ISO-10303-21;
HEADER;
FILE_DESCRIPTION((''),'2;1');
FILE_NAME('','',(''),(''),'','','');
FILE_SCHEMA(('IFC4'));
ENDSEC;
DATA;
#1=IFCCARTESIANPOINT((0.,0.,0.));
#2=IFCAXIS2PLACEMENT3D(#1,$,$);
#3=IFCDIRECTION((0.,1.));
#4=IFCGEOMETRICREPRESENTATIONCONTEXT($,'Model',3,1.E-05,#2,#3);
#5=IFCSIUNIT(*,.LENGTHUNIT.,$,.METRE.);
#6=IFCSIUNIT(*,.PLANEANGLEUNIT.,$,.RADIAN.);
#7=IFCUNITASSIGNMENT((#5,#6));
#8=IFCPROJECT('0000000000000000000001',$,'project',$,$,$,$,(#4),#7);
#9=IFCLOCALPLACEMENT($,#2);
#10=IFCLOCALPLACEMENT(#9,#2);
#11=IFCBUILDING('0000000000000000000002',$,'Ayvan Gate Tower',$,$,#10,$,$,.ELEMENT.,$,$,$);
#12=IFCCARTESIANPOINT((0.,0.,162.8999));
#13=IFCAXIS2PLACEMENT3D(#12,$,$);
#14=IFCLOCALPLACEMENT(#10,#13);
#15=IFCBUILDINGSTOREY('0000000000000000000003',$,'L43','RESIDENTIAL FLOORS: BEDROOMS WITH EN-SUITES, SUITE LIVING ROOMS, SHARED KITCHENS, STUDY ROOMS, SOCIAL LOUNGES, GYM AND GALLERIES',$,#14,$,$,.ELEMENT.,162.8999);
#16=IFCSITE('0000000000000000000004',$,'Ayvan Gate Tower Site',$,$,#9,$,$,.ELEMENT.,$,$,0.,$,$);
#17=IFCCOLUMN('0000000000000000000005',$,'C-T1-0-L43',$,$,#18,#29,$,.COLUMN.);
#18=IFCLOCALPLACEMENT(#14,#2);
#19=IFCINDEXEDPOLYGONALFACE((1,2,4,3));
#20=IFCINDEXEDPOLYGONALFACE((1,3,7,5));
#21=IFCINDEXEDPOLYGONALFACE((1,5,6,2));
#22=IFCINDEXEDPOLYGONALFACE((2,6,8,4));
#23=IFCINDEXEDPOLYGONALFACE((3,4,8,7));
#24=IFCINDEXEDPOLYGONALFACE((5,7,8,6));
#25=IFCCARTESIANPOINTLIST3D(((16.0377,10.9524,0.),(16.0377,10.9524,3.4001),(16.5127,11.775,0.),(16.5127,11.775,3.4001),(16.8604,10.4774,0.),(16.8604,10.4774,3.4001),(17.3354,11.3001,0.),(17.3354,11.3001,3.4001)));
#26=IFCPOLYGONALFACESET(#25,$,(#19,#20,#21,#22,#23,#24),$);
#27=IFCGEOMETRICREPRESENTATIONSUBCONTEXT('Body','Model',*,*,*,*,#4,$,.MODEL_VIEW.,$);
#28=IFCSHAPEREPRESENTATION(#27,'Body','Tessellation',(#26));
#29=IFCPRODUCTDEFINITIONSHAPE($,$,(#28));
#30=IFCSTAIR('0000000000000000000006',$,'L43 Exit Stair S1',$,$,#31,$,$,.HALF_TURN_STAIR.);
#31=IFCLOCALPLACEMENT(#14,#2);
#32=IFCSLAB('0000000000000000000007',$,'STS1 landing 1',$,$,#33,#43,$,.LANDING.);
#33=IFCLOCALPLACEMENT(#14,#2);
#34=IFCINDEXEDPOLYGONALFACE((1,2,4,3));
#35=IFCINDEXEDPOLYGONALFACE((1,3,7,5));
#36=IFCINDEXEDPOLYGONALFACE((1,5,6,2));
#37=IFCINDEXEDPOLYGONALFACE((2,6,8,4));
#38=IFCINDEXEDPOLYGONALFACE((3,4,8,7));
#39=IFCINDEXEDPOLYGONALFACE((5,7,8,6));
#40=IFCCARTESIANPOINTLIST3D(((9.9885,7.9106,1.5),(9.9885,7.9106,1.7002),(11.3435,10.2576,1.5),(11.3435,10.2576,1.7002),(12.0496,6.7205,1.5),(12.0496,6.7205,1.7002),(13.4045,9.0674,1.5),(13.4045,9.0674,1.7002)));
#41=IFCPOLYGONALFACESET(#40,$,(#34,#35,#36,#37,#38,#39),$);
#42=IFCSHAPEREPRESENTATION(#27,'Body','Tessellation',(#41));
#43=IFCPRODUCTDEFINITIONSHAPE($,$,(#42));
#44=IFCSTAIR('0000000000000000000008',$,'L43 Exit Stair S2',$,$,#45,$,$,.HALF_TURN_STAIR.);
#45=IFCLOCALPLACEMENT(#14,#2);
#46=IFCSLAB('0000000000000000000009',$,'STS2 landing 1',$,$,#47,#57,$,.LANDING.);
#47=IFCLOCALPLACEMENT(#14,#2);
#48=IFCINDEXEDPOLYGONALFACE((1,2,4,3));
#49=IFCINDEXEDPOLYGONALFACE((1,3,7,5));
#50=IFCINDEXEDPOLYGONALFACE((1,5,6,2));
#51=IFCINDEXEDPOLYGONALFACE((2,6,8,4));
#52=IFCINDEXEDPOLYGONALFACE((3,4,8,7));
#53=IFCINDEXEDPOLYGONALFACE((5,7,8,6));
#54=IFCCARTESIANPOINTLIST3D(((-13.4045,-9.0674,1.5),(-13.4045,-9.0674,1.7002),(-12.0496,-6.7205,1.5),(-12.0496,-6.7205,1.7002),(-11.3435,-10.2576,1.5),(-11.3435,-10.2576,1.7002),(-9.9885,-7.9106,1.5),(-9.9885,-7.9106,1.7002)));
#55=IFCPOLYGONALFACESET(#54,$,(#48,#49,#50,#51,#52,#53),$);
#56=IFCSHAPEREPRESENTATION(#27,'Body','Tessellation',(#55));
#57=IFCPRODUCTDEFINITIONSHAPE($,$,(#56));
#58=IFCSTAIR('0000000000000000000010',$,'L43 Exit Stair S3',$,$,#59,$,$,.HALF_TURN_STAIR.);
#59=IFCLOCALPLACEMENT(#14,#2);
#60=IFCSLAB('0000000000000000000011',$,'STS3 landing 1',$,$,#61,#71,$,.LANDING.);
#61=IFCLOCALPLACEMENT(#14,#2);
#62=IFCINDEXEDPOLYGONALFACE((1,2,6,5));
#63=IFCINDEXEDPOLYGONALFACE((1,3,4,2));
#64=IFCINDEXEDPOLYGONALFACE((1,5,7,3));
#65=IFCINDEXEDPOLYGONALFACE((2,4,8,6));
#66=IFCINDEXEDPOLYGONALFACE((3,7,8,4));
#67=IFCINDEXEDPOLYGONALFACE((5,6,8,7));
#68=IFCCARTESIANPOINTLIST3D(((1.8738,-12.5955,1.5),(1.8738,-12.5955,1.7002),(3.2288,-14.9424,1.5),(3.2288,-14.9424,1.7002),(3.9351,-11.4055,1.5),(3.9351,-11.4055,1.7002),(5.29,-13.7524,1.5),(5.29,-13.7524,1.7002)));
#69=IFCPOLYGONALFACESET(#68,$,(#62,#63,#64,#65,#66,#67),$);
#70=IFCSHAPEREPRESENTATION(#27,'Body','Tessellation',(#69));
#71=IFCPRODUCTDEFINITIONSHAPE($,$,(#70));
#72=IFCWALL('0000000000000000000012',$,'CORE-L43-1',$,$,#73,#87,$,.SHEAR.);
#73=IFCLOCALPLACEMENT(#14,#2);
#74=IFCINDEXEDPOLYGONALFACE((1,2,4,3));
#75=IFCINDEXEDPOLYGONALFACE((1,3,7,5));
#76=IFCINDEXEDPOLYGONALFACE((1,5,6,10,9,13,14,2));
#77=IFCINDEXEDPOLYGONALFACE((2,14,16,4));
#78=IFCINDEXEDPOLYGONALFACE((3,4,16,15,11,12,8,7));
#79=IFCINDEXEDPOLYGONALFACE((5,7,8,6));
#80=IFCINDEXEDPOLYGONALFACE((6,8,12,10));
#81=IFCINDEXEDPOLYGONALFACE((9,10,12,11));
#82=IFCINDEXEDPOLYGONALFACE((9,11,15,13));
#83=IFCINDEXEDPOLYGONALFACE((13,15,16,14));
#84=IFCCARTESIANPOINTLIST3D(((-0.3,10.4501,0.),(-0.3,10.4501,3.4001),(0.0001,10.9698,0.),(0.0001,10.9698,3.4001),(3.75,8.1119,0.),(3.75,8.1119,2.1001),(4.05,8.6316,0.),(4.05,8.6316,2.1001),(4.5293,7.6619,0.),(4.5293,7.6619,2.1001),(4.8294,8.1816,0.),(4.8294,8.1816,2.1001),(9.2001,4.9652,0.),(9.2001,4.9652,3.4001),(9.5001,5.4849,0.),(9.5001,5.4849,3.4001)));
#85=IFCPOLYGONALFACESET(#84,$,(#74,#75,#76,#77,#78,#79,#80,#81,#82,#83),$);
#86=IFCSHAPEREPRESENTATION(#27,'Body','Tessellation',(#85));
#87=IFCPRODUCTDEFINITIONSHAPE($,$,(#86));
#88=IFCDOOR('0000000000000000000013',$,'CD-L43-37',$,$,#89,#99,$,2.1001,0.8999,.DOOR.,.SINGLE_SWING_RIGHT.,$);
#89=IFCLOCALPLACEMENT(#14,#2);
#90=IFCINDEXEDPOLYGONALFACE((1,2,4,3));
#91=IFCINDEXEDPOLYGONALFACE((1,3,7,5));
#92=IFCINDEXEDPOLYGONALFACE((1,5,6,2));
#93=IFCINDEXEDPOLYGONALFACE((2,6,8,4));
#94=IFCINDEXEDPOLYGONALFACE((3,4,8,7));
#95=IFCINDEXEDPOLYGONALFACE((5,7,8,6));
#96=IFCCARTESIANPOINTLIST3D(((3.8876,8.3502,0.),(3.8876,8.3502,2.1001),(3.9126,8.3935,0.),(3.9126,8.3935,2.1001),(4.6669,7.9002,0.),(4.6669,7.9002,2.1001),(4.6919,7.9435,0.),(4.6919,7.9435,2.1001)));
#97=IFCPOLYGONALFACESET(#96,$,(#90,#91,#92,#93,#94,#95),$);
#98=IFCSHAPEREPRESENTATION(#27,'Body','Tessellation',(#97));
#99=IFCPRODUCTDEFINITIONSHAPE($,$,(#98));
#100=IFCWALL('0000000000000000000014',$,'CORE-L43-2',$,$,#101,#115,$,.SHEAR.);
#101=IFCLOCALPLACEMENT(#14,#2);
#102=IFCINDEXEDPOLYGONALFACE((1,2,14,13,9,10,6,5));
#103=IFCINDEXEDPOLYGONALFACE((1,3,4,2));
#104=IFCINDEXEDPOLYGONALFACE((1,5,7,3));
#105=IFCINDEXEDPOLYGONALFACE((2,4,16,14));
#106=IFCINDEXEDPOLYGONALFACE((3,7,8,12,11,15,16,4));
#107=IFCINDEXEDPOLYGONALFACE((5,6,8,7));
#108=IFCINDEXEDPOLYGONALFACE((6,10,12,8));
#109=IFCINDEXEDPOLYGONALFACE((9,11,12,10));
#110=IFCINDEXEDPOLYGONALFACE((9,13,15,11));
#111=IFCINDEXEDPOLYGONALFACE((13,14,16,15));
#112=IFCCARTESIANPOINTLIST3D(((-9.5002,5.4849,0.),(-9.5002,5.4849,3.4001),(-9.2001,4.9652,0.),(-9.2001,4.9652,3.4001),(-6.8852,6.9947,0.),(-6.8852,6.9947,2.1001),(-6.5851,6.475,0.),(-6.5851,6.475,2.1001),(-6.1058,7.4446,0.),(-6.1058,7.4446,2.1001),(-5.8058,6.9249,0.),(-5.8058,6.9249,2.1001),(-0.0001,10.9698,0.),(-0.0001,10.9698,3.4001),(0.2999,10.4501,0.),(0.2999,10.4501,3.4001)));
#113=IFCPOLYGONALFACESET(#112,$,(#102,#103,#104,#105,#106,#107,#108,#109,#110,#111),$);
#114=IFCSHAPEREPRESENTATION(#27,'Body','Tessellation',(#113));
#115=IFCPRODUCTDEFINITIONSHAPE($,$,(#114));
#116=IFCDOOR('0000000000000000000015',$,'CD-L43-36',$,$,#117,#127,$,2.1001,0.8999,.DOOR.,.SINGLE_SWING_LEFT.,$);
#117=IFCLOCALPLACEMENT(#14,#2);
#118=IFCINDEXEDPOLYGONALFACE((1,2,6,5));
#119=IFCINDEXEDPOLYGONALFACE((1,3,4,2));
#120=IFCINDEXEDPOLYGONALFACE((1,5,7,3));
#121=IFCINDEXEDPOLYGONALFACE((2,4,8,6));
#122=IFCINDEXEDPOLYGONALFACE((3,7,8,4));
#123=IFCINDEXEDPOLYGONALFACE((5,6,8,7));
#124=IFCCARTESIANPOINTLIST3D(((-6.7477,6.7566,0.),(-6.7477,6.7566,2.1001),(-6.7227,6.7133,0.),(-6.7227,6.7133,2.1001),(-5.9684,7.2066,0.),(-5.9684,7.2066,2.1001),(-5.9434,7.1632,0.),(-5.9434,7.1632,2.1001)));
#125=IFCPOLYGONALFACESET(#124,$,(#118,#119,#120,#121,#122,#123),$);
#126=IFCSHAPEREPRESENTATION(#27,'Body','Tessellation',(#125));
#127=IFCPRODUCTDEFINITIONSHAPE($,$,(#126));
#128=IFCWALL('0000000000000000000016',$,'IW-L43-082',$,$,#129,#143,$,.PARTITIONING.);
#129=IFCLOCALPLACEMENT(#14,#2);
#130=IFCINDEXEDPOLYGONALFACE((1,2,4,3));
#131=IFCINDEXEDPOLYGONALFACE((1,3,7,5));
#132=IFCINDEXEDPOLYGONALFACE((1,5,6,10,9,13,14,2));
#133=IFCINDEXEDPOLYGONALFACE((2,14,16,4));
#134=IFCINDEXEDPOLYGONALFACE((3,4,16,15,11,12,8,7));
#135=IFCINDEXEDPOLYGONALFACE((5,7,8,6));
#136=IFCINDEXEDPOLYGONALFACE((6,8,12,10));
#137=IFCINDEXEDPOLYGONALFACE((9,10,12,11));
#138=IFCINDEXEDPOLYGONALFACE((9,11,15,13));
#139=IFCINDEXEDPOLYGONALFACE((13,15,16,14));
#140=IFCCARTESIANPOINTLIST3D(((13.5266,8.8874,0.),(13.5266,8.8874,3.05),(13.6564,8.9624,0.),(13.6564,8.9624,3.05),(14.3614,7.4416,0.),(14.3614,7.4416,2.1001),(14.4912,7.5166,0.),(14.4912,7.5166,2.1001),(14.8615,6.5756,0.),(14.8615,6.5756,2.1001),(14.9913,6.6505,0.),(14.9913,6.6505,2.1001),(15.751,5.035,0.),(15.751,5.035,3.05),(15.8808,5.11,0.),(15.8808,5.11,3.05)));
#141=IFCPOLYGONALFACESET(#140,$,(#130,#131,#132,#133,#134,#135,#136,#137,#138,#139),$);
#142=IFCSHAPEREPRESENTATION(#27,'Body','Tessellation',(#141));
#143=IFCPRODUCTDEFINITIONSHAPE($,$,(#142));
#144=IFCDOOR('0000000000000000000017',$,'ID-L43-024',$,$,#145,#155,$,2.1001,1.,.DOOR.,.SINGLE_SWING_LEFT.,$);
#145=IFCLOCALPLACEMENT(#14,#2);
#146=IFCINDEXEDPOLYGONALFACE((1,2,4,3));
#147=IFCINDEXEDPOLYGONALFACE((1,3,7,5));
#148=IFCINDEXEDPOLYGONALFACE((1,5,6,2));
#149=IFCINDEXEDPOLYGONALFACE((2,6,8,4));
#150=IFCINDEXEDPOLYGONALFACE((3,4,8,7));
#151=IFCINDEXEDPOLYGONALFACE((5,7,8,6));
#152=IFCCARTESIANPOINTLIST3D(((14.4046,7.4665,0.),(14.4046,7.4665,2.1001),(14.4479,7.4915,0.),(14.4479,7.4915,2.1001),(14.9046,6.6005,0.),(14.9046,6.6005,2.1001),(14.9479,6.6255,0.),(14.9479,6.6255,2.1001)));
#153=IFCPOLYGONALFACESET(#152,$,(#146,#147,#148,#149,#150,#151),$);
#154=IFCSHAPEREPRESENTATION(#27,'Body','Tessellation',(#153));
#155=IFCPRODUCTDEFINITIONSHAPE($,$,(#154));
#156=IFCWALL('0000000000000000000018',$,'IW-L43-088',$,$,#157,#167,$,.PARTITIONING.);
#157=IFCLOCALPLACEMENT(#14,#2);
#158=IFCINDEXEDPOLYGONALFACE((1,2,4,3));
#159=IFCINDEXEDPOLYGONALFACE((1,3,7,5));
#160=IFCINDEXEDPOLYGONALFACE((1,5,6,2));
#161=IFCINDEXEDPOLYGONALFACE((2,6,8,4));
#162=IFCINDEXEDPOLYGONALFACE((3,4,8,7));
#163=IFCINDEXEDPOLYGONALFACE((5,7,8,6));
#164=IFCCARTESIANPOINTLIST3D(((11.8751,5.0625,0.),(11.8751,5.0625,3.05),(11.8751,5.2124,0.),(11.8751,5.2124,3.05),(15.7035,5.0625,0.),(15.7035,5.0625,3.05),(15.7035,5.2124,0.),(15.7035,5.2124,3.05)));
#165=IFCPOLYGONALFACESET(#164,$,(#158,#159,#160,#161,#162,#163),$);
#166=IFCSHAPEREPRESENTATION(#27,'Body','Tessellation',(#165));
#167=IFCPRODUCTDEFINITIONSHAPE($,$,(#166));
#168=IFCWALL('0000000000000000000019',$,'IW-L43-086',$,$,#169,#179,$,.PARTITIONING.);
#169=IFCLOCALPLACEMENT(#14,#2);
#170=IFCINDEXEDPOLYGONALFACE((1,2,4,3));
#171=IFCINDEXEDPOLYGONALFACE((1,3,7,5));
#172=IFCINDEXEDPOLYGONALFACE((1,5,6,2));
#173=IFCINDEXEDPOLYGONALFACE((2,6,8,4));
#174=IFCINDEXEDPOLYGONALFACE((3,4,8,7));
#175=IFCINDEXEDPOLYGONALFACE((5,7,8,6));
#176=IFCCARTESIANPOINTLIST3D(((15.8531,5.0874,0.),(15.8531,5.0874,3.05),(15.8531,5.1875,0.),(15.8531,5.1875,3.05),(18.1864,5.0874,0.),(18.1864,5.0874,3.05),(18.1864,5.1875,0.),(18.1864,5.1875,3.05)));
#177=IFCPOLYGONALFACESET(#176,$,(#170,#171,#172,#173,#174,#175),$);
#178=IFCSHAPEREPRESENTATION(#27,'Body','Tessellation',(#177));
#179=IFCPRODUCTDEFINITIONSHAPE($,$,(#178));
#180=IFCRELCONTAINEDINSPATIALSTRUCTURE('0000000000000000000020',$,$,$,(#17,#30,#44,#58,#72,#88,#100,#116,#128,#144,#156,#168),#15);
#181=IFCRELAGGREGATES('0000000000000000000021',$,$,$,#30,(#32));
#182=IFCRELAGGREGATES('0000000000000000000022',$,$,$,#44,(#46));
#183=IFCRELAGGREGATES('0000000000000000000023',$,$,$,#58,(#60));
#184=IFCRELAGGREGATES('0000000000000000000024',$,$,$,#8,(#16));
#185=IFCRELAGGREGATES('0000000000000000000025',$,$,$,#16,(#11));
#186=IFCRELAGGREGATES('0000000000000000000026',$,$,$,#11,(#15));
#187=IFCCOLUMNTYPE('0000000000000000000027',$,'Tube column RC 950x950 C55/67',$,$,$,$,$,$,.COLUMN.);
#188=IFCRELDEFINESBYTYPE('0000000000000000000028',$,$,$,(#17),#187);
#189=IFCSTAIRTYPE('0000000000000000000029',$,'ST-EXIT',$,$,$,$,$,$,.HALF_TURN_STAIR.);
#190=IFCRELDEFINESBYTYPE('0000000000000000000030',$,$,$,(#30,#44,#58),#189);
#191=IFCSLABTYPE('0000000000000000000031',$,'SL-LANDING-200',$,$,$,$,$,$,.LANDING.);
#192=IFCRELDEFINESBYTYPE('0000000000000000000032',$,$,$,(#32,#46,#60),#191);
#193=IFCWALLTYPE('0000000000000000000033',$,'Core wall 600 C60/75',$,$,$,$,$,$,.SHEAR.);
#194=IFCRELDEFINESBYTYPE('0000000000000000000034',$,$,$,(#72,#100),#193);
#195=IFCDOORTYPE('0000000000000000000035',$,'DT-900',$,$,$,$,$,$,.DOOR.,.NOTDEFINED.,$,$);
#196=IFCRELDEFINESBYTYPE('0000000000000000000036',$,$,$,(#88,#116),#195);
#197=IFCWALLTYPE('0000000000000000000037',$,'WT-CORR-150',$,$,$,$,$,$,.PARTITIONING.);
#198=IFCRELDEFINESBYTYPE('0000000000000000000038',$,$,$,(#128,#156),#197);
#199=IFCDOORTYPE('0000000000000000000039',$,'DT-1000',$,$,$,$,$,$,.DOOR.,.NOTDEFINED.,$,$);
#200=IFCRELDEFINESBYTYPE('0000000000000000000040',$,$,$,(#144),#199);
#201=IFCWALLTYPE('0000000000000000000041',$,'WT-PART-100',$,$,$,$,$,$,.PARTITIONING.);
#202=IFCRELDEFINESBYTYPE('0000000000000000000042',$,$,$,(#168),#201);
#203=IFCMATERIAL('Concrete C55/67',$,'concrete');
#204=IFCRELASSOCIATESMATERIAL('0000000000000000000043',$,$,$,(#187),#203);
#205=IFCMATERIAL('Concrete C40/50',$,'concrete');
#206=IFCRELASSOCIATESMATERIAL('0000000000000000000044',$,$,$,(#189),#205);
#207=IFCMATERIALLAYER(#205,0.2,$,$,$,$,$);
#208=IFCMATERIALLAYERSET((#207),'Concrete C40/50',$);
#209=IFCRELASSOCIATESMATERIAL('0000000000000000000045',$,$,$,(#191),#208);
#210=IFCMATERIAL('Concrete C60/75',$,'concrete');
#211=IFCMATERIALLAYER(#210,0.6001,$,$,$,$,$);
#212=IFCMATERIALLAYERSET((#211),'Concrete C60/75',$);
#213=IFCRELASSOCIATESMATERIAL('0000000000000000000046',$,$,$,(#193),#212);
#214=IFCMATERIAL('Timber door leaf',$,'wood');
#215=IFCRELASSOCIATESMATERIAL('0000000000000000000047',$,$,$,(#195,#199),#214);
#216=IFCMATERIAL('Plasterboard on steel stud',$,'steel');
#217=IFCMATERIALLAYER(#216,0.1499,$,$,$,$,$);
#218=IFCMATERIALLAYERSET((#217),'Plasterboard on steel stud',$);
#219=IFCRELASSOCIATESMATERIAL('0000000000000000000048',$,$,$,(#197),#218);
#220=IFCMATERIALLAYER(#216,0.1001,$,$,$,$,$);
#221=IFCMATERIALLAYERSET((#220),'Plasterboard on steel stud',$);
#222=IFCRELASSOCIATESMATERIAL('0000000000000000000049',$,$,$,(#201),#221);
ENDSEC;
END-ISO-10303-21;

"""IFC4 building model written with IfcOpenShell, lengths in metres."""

from ifc_helpers import new_model, si_unit, direction, frame, frame_2d, origin, origin_2d, place, context, subcontext, project, spatial, polyline, rectangle, outline, extrude, material, layer, layer_set, material_profile, profile_set, type_object, element, fill, aggregate, save


model = new_model("IFC4")

# Units and contexts
model_context = context("Model", 3, precision=1e-05, world=origin(), true_north=direction((0.0, 1.0)))
body_context = subcontext(model_context, "Body", "Model", "MODEL_VIEW")
ifc_project = project(units=[si_unit("LENGTHUNIT", "METRE"), si_unit("PLANEANGLEUNIT", "RADIAN")], contexts=[model_context])

# Site, building, storey
site_placement = place(None, origin())
site = spatial("IfcSite", under=ifc_project, at=site_placement, Name="Ayvan Gate Tower Site", CompositionType="ELEMENT", RefElevation=0.0)
building_placement = place(site_placement, origin())
building = spatial("IfcBuilding", under=site, at=building_placement, Name="Ayvan Gate Tower", CompositionType="ELEMENT")
storey_placement = place(building_placement, frame((0.0, 0.0, 162.8999)))
storey = spatial("IfcBuildingStorey", under=building, at=storey_placement, Name="L43", Description="RESIDENTIAL FLOORS: BEDROOMS WITH EN-SUITES, SUITE LIVING ROOMS, SHARED KITCHENS, STUDY ROOMS, SOCIAL LOUNGES, GYM AND GALLERIES", CompositionType="ELEMENT", Elevation=162.8999)

# Column
ifc_material_1 = material(Name="Concrete C55/67", Category="concrete")
ifc_material_profile = material_profile(ifc_material_1, rectangle(XDim=0.95, YDim=0.95, at=origin_2d()), Name="RC 950x950")
ifc_profile_set = profile_set([ifc_material_profile], Name="Concrete C55/67")
column_type = type_object("IfcColumnType", Name="Tube column RC 950x950 C55/67", PredefinedType="COLUMN", material=ifc_profile_set)
column_placement = place(storey_placement, frame((16.6865, 11.1262, 0.0), z_axis=(0.0, 0.0, 1.0), x_axis=(0.5, 0.866025, 0.0)))
element("IfcColumn", 1, at=column_placement, inside=storey, type_object=column_type, Name="C-T1-0-L43", PredefinedType="COLUMN", context=body_context, shape_type="SweptSolid", body=[
    extrude(rectangle(XDim=0.95, YDim=0.95, at=origin_2d()), origin(), (0.0, 0.0, 1.0), 3.4001),
])

# Stairs, slabs
ifc_material_2 = material(Name="Concrete C40/50", Category="concrete")
stair_type = type_object("IfcStairType", Name="ST-EXIT", PredefinedType="HALF_TURN_STAIR", material=ifc_material_2)
stair_1_placement = place(storey_placement, origin())
stair_1 = element("IfcStair", 2, at=stair_1_placement, inside=storey, type_object=stair_type, Name="L43 Exit Stair S1", PredefinedType="HALF_TURN_STAIR")
ifc_layer_1 = layer(ifc_material_2, 0.2)
ifc_layer_set_1 = layer_set([ifc_layer_1], Name="Concrete C40/50")
slab_type = type_object("IfcSlabType", Name="SL-LANDING-200", PredefinedType="LANDING", material=ifc_layer_set_1)
slab_1_placement = place(storey_placement, frame((0.0, 0.0, 1.5)))
slab_1 = element("IfcSlab", 3, at=slab_1_placement, type_object=slab_type, Name="STS1 landing 1", PredefinedType="LANDING", context=body_context, shape_type="SweptSolid", body=[
    extrude(outline(polyline([(9.9885, 7.9106), (12.0496, 6.7205), (13.4045, 9.0674), (11.3435, 10.2576), (9.9885, 7.9106)])), origin(), (0.0, 0.0, 1.0), 0.2002),
])
aggregate(stair_1, [slab_1])
stair_2_placement = place(storey_placement, origin())
stair_2 = element("IfcStair", 4, at=stair_2_placement, inside=storey, type_object=stair_type, Name="L43 Exit Stair S2", PredefinedType="HALF_TURN_STAIR")
slab_2_placement = place(storey_placement, frame((0.0, 0.0, 1.5)))
slab_2 = element("IfcSlab", 5, at=slab_2_placement, type_object=slab_type, Name="STS2 landing 1", PredefinedType="LANDING", context=body_context, shape_type="SweptSolid", body=[
    extrude(outline(polyline([(-9.9885, -7.9106), (-12.0496, -6.7205), (-13.4045, -9.0674), (-11.3435, -10.2576), (-9.9885, -7.9106)])), origin(), (0.0, 0.0, 1.0), 0.2002),
])
aggregate(stair_2, [slab_2])
stair_3_placement = place(storey_placement, origin())
stair_3 = element("IfcStair", 6, at=stair_3_placement, inside=storey, type_object=stair_type, Name="L43 Exit Stair S3", PredefinedType="HALF_TURN_STAIR")
slab_3_placement = place(storey_placement, frame((0.0, 0.0, 1.5)))
slab_3 = element("IfcSlab", 7, at=slab_3_placement, type_object=slab_type, Name="STS3 landing 1", PredefinedType="LANDING", context=body_context, shape_type="SweptSolid", body=[
    extrude(outline(polyline([(3.9351, -11.4055), (1.8738, -12.5955), (3.2288, -14.9424), (5.29, -13.7524), (3.9351, -11.4055)])), origin(), (0.0, 0.0, 1.0), 0.2002),
])
aggregate(stair_3, [slab_3])

# Walls, openings, doors
ifc_material_3 = material(Name="Concrete C60/75", Category="concrete")
ifc_layer_2 = layer(ifc_material_3, 0.6001)
ifc_layer_set_2 = layer_set([ifc_layer_2], Name="Concrete C60/75")
wall_type_1 = type_object("IfcWallType", Name="Core wall 600 C60/75", PredefinedType="SHEAR", material=ifc_layer_set_2)
wall_1_placement = place(storey_placement, frame((9.3501, 5.2251, 0.0), z_axis=(0.0, 0.0, 1.0), x_axis=(-0.866024, 0.500002, 0.0)))
wall_1 = element("IfcWall", 8, at=wall_1_placement, inside=storey, type_object=wall_type_1, Name="CORE-L43-1", PredefinedType="SHEAR", context=body_context, shape_type="SweptSolid", body=[
    extrude(rectangle(XDim=10.9697, YDim=0.6001, at=frame_2d((5.4849, 0.0))), origin(), (0.0, 0.0, 1.0), 3.4001),
])
opening_1_placement = place(wall_1_placement, frame((5.3933, 0.0, 0.0)))
opening_1 = element("IfcOpeningElement", 9, at=opening_1_placement, cuts=wall_1, PredefinedType="OPENING", context=body_context, shape_type="SweptSolid", body=[
    extrude(rectangle(XDim=0.8999, YDim=2.1001, at=frame_2d((0.45, 1.05))), frame((0.0, 0.3101, 0.0), z_axis=(0.0, -1.0, 0.0), x_axis=(1.0, 0.0, 0.0)), (0.0, 0.0, 1.0), 0.6201),
])
ifc_material_4 = material(Name="Timber door leaf", Category="wood")
door_type_1 = type_object("IfcDoorType", Name="DT-900", OperationType="NOTDEFINED", PredefinedType="DOOR", material=ifc_material_4)
door_1_placement = place(opening_1_placement, origin())
door_1 = element("IfcDoor", 10, at=door_1_placement, inside=storey, type_object=door_type_1, Name="CD-L43-37", OperationType="SINGLE_SWING_RIGHT", OverallHeight=2.1001, OverallWidth=0.8999, PredefinedType="DOOR", context=body_context, shape_type="SweptSolid", body=[
    extrude(rectangle(XDim=0.8999, YDim=2.1001, at=frame_2d((0.45, 1.05))), frame((0.0, 0.0249, 0.0), z_axis=(0.0, -1.0, 0.0), x_axis=(1.0, 0.0, 0.0)), (0.0, 0.0, 1.0), 0.05),
])
fill(opening_1, door_1)
wall_2_placement = place(storey_placement, frame((0.1499, 10.71, 0.0), z_axis=(0.0, 0.0, 1.0), x_axis=(-0.866024, -0.500002, 0.0)))
wall_2 = element("IfcWall", 11, at=wall_2_placement, inside=storey, type_object=wall_type_1, Name="CORE-L43-2", PredefinedType="SHEAR", context=body_context, shape_type="SweptSolid", body=[
    extrude(rectangle(XDim=10.9697, YDim=0.6001, at=frame_2d((5.4849, 0.0))), origin(), (0.0, 0.0, 1.0), 3.4001),
])
opening_2_placement = place(wall_2_placement, frame((7.0503, 0.0, 0.0)))
opening_2 = element("IfcOpeningElement", 12, at=opening_2_placement, cuts=wall_2, PredefinedType="OPENING", context=body_context, shape_type="SweptSolid", body=[
    extrude(rectangle(XDim=0.8999, YDim=2.1001, at=frame_2d((0.45, 1.05))), frame((0.0, 0.3101, 0.0), z_axis=(0.0, -1.0, 0.0), x_axis=(1.0, 0.0, 0.0)), (0.0, 0.0, 1.0), 0.6201),
])
door_2_placement = place(opening_2_placement, origin())
door_2 = element("IfcDoor", 13, at=door_2_placement, inside=storey, type_object=door_type_1, Name="CD-L43-36", OperationType="SINGLE_SWING_LEFT", OverallHeight=2.1001, OverallWidth=0.8999, PredefinedType="DOOR", context=body_context, shape_type="SweptSolid", body=[
    extrude(rectangle(XDim=0.8999, YDim=2.1001, at=frame_2d((0.45, 1.05))), frame((0.0, 0.0249, 0.0), z_axis=(0.0, -1.0, 0.0), x_axis=(1.0, 0.0, 0.0)), (0.0, 0.0, 1.0), 0.05),
])
fill(opening_2, door_2)
ifc_material_5 = material(Name="Plasterboard on steel stud", Category="steel")
ifc_layer_3 = layer(ifc_material_5, 0.1499)
ifc_layer_set_3 = layer_set([ifc_layer_3], Name="Plasterboard on steel stud")
wall_type_2 = type_object("IfcWallType", Name="WT-CORR-150", PredefinedType="PARTITIONING", material=ifc_layer_set_3)
wall_3_placement = place(storey_placement, frame((13.5916, 8.9248, 0.0), z_axis=(0.0, 0.0, 1.0), x_axis=(0.500041, -0.866002, 0.0)))
wall_3 = element("IfcWall", 14, at=wall_3_placement, inside=storey, type_object=wall_type_2, Name="IW-L43-082", PredefinedType="PARTITIONING", context=body_context, shape_type="SweptSolid", body=[
    extrude(rectangle(XDim=4.4485, YDim=0.1499, at=frame_2d((2.2241, 0.0))), origin(), (0.0, 0.0, 1.0), 3.05),
])
opening_3_placement = place(wall_3_placement, frame((1.6694, 0.0, 0.0)))
opening_3 = element("IfcOpeningElement", 15, at=opening_3_placement, cuts=wall_3, PredefinedType="OPENING", context=body_context, shape_type="SweptSolid", body=[
    extrude(rectangle(XDim=1.0, YDim=2.1001, at=frame_2d((0.5, 1.05))), frame((0.0, 0.085, 0.0), z_axis=(0.0, -1.0, 0.0), x_axis=(1.0, 0.0, 0.0)), (0.0, 0.0, 1.0), 0.1699),
])
door_type_2 = type_object("IfcDoorType", Name="DT-1000", OperationType="NOTDEFINED", PredefinedType="DOOR", material=ifc_material_4)
door_3_placement = place(opening_3_placement, origin())
door_3 = element("IfcDoor", 16, at=door_3_placement, inside=storey, type_object=door_type_2, Name="ID-L43-024", OperationType="SINGLE_SWING_LEFT", OverallHeight=2.1001, OverallWidth=1.0, PredefinedType="DOOR", context=body_context, shape_type="SweptSolid", body=[
    extrude(rectangle(XDim=1.0, YDim=2.1001, at=frame_2d((0.5, 1.05))), frame((0.0, 0.0249, 0.0), z_axis=(0.0, -1.0, 0.0), x_axis=(1.0, 0.0, 0.0)), (0.0, 0.0, 1.0), 0.05),
])
fill(opening_3, door_3)

# Walls
wall_4_placement = place(storey_placement, frame((15.7034, 5.1375, 0.0), z_axis=(0.0, 0.0, 1.0), x_axis=(-1.0, 0.0, 0.0)))
element("IfcWall", 17, at=wall_4_placement, inside=storey, type_object=wall_type_2, Name="IW-L43-088", PredefinedType="PARTITIONING", context=body_context, shape_type="SweptSolid", body=[
    extrude(rectangle(XDim=3.8284, YDim=0.1499, at=frame_2d((1.9141, 0.0))), origin(), (0.0, 0.0, 1.0), 3.05),
])
ifc_layer_4 = layer(ifc_material_5, 0.1001)
ifc_layer_set_4 = layer_set([ifc_layer_4], Name="Plasterboard on steel stud")
wall_type_3 = type_object("IfcWallType", Name="WT-PART-100", PredefinedType="PARTITIONING", material=ifc_layer_set_4)
wall_5_placement = place(storey_placement, frame((15.8533, 5.1375, 0.0), z_axis=(0.0, 0.0, 1.0), x_axis=(1.0, 0.0, 0.0)))
element("IfcWall", 18, at=wall_5_placement, inside=storey, type_object=wall_type_3, Name="IW-L43-086", PredefinedType="PARTITIONING", context=body_context, shape_type="SweptSolid", body=[
    extrude(rectangle(XDim=2.3333, YDim=0.1001, at=frame_2d((1.1665, 0.0))), origin(), (0.0, 0.0, 1.0), 3.05),
])

save(model, "model.ifc")
